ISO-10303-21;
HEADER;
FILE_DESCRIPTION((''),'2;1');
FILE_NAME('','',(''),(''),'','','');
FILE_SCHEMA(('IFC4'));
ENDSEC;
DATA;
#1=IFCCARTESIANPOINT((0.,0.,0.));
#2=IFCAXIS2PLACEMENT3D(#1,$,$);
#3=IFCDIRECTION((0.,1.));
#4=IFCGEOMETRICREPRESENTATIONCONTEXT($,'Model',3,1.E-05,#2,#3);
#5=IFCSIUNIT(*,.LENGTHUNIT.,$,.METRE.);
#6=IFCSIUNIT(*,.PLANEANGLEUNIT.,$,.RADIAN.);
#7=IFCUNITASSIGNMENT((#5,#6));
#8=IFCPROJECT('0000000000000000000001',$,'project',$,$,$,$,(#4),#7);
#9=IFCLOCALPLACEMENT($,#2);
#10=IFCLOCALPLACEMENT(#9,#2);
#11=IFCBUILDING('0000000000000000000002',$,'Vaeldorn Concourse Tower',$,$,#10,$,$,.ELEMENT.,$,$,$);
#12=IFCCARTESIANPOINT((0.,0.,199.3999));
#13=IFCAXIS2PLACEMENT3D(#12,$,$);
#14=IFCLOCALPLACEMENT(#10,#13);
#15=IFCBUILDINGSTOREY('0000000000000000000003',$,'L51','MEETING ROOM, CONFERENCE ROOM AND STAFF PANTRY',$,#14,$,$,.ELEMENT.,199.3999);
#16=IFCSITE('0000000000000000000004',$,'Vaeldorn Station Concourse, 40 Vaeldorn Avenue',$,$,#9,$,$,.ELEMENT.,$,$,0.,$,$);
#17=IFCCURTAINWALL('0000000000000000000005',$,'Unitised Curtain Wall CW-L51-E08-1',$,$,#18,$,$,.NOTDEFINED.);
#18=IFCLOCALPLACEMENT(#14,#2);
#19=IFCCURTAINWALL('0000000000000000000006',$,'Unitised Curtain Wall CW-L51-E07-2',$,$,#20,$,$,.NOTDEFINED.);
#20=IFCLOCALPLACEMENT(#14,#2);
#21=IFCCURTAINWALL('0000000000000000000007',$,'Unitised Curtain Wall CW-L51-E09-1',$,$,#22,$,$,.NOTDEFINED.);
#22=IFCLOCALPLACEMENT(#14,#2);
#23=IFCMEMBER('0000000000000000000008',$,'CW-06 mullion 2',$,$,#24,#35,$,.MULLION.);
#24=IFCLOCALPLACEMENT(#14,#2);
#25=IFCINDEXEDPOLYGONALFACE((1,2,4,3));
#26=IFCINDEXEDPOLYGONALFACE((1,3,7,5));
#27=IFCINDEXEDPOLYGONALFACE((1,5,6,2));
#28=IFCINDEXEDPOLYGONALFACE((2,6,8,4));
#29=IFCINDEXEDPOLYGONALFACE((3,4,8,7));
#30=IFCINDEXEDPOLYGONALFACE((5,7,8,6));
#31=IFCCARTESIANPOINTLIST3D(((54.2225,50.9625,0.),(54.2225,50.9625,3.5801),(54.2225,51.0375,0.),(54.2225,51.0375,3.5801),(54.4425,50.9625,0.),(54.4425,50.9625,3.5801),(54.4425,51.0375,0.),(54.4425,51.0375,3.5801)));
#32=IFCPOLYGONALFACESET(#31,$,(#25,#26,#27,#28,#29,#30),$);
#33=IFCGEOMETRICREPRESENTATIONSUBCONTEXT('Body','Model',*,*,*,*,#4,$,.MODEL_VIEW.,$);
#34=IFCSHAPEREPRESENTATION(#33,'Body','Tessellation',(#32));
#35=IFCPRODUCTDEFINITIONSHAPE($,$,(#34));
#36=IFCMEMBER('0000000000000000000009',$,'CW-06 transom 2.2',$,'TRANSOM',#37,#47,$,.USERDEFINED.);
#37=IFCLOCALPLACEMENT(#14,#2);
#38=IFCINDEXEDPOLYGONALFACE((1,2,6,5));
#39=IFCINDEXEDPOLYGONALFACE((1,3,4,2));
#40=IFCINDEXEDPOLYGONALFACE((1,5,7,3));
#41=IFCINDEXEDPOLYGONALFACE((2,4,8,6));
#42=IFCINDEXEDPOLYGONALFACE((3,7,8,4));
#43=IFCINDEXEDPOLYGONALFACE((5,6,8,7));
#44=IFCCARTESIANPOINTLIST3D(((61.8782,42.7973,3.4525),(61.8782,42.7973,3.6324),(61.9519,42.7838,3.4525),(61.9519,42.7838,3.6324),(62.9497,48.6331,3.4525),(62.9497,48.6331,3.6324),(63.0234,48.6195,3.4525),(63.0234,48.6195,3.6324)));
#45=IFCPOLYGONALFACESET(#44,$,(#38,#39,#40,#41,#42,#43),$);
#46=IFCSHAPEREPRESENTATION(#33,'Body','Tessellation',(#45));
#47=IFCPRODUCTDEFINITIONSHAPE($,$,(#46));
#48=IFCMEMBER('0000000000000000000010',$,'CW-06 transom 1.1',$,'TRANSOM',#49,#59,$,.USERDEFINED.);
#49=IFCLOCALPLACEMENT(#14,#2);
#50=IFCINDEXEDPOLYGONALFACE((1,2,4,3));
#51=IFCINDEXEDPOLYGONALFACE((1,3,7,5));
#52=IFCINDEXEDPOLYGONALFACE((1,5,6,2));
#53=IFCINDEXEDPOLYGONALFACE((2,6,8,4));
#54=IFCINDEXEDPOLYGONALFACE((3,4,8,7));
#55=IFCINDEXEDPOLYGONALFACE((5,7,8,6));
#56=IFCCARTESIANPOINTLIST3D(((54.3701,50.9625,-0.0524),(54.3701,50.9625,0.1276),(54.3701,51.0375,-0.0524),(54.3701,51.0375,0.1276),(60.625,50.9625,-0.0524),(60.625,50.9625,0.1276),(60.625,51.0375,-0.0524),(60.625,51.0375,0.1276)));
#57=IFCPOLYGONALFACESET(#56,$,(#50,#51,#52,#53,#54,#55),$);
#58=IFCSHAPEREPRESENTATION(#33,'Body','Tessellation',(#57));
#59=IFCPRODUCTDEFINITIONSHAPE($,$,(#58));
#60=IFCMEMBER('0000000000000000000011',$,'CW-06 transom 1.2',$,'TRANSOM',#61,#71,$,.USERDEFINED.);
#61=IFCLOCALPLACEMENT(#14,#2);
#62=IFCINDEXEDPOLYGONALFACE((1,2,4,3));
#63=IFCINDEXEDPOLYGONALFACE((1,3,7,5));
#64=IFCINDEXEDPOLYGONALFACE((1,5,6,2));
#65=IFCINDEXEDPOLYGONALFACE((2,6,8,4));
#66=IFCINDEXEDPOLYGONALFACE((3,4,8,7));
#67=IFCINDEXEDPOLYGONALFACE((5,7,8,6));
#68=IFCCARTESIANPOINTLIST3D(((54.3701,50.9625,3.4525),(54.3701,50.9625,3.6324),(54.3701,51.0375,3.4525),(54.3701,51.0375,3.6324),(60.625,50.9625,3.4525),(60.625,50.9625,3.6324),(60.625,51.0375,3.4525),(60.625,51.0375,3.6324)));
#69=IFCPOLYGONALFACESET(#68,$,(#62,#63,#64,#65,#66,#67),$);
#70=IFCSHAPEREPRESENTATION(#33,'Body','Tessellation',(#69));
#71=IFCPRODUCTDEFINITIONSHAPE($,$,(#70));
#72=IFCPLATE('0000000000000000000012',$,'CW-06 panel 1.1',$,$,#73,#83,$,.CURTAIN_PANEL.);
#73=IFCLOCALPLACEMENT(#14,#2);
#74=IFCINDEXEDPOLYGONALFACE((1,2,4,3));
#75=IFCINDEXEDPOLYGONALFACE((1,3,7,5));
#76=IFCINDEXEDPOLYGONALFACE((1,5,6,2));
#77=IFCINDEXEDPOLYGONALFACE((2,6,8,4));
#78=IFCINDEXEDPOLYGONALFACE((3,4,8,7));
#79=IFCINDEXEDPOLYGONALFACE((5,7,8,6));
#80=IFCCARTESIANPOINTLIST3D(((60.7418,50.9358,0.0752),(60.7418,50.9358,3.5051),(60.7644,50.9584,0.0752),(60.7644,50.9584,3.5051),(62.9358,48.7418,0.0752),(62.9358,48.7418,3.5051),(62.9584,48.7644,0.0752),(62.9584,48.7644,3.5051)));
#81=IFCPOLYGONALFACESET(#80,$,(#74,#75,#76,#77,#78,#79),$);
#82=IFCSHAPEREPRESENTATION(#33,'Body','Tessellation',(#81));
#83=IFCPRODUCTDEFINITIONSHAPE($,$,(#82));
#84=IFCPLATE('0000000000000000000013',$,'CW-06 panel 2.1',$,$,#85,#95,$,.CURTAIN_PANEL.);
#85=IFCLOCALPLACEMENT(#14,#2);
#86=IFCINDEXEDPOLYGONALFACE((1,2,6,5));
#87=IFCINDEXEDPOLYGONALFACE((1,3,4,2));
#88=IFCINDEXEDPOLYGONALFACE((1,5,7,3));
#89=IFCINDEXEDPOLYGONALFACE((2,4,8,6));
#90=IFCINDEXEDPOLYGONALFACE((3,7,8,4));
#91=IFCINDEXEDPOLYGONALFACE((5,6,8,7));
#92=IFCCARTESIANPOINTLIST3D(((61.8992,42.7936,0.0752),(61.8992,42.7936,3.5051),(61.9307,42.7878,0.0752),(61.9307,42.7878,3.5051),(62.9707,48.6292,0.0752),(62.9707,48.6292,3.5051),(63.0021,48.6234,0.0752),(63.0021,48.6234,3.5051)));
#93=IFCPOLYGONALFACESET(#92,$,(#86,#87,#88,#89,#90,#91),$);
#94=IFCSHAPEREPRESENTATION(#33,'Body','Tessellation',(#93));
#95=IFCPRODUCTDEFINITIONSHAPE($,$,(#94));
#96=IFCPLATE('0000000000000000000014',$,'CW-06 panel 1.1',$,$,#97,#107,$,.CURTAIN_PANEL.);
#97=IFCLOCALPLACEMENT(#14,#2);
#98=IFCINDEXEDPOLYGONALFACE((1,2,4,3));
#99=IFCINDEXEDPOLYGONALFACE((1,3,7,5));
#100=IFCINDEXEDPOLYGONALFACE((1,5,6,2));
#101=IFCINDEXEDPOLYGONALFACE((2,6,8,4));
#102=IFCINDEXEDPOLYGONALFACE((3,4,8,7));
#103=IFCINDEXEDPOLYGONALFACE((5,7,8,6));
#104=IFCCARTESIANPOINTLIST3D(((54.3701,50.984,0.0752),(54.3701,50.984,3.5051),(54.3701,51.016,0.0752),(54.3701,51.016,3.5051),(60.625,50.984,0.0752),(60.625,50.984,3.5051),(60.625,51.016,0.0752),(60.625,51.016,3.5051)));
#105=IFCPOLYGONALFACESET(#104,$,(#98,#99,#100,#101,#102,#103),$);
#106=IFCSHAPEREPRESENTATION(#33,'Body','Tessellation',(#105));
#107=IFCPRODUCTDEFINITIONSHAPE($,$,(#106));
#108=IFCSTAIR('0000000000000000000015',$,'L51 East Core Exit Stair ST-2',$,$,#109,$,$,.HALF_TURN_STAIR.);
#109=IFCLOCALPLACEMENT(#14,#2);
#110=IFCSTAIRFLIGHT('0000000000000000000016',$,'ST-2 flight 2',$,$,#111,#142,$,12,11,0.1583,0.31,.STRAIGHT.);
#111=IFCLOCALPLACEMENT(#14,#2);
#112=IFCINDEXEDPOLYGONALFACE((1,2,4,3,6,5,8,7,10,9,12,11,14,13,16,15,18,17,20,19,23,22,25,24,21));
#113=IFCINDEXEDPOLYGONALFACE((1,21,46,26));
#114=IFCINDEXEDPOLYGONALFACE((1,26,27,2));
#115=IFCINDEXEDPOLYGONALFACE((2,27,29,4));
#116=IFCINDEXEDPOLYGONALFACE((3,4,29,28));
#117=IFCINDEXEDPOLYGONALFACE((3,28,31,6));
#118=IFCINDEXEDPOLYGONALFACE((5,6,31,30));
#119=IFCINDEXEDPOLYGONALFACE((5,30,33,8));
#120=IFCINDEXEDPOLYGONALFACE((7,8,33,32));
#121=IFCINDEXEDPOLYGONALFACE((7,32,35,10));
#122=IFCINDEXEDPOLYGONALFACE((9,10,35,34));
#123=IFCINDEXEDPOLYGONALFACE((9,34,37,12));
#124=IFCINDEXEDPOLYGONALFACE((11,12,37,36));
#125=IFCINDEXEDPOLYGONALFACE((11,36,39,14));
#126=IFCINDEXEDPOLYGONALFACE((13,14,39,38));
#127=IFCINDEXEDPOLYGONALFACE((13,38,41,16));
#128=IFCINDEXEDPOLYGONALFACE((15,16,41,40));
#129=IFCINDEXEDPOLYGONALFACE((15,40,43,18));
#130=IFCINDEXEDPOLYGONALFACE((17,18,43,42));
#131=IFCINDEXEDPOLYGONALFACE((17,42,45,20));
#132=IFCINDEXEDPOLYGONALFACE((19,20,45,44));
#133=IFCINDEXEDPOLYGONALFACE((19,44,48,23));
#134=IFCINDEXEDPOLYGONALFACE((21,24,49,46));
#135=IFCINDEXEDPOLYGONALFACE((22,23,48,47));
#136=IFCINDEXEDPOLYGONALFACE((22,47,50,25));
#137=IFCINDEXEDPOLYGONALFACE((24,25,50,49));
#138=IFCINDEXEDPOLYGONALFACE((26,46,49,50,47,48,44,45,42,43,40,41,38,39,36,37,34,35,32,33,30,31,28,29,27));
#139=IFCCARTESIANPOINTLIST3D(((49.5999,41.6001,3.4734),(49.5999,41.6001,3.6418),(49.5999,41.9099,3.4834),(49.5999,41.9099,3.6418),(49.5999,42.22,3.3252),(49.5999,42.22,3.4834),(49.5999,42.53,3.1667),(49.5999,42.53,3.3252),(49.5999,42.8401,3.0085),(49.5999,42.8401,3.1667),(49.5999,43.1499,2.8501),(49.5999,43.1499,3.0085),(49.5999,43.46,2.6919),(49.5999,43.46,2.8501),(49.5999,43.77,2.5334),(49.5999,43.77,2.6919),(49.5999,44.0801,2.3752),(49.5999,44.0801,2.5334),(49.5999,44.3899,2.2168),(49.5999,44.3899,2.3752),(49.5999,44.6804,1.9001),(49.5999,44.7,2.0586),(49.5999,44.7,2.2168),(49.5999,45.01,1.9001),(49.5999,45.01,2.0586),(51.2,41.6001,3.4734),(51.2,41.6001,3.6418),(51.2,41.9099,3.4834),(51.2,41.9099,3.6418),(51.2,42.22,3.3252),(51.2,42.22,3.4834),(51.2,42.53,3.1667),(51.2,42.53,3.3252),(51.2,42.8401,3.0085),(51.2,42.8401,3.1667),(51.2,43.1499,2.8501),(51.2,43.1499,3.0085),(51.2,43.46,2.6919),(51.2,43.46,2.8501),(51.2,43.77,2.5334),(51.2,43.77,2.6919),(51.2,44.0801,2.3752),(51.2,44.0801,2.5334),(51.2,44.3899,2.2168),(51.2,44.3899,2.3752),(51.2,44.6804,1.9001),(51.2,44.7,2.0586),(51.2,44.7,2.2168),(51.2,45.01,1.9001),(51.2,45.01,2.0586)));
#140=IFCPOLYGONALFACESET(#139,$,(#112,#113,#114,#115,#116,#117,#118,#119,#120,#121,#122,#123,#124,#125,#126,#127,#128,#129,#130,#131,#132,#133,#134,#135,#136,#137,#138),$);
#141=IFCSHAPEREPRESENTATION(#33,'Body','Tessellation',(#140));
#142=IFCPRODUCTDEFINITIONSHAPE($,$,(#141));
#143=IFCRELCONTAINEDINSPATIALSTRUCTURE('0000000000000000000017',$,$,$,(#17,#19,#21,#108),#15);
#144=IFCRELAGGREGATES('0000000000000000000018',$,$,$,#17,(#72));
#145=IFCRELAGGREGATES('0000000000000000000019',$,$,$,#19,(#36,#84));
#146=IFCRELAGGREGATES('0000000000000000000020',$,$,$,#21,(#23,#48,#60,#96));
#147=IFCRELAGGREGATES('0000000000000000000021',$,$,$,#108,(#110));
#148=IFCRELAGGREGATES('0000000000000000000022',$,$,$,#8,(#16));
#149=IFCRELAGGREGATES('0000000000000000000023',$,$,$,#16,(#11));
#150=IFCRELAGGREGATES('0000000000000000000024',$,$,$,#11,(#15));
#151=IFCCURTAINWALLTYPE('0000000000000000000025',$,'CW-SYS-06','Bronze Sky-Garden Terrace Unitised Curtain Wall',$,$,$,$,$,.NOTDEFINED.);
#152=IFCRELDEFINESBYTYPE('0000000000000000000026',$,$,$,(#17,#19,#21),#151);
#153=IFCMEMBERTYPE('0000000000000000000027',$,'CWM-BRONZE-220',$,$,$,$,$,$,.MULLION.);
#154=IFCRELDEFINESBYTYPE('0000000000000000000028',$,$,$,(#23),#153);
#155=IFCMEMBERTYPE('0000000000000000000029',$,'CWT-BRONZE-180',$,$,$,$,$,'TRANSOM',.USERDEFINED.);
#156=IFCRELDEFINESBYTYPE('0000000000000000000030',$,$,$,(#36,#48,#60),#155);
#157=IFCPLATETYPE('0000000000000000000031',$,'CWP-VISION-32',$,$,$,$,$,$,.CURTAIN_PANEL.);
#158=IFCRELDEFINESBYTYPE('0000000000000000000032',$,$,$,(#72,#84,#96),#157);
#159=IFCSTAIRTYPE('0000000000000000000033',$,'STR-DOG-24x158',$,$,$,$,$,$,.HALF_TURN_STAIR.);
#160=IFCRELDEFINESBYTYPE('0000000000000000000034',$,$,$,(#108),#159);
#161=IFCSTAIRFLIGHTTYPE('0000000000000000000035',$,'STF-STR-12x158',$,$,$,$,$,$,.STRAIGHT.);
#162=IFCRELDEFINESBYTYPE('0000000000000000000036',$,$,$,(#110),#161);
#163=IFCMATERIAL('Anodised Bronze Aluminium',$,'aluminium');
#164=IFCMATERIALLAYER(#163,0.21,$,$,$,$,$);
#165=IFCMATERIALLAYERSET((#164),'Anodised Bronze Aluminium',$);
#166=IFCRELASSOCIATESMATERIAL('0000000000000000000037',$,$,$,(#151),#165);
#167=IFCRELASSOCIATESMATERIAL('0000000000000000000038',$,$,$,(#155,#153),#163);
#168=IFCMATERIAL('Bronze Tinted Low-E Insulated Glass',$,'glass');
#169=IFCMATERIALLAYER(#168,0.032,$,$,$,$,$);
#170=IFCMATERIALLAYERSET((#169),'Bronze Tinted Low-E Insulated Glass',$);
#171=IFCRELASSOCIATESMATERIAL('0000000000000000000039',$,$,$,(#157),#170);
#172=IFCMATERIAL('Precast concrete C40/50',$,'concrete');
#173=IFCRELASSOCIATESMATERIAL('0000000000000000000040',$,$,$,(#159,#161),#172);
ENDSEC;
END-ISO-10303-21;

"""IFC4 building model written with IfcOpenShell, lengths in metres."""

from ifc_helpers import new_model, si_unit, direction, frame, origin, origin_2d, place, context, subcontext, project, spatial, polyline, rectangle, outline, extrude, source, transform, mapped, material, layer, layer_set, material_profile, profile_set, type_object, element, aggregate, save


model = new_model("IFC4")

# Units and contexts
model_context = context("Model", 3, precision=1e-05, world=origin(), true_north=direction((0.0, 1.0)))
body_context = subcontext(model_context, "Body", "Model", "MODEL_VIEW")
ifc_project = project(units=[si_unit("LENGTHUNIT", "METRE"), si_unit("PLANEANGLEUNIT", "RADIAN")], contexts=[model_context])

# Site, building, storey
site_placement = place(None, origin())
site = spatial("IfcSite", under=ifc_project, at=site_placement, Name="Vaeldorn Station Concourse, 40 Vaeldorn Avenue", CompositionType="ELEMENT", RefElevation=0.0)
building_placement = place(site_placement, origin())
building = spatial("IfcBuilding", under=site, at=building_placement, Name="Vaeldorn Concourse Tower", CompositionType="ELEMENT")
storey_placement = place(building_placement, frame((0.0, 0.0, 199.3999)))
storey = spatial("IfcBuildingStorey", under=building, at=storey_placement, Name="L51", Description="MEETING ROOM, CONFERENCE ROOM AND STAFF PANTRY", CompositionType="ELEMENT", Elevation=199.3999)

# Curtain wall
ifc_material_1 = material(Name="Anodised Bronze Aluminium", Category="aluminium")
ifc_layer_1 = layer(ifc_material_1, 0.21)
ifc_layer_set_1 = layer_set([ifc_layer_1], Name="Anodised Bronze Aluminium")
curtain_wall_type = type_object("IfcCurtainWallType", Name="CW-SYS-06", Description="Bronze Sky-Garden Terrace Unitised Curtain Wall", PredefinedType="NOTDEFINED", material=ifc_layer_set_1)
curtain_wall_1_placement = place(storey_placement, origin())
curtain_wall_1 = element("IfcCurtainWall", 1, at=curtain_wall_1_placement, inside=storey, type_object=curtain_wall_type, Name="Unitised Curtain Wall CW-L51-E08-1", PredefinedType="NOTDEFINED")
ifc_material_profile_1 = material_profile(ifc_material_1, rectangle(XDim=0.075, YDim=0.1799, at=origin_2d()), Name="CWT 75x180")
ifc_profile_set_1 = profile_set([ifc_material_profile_1], Name="Anodised Bronze Aluminium")
member_type_1 = type_object("IfcMemberType", Name="CWT-BRONZE-180", ElementType="TRANSOM", PredefinedType="USERDEFINED", material=ifc_profile_set_1)

# Curtain wall
curtain_wall_2_placement = place(storey_placement, origin())
curtain_wall_2 = element("IfcCurtainWall", 2, at=curtain_wall_2_placement, inside=storey, type_object=curtain_wall_type, Name="Unitised Curtain Wall CW-L51-E07-2", PredefinedType="NOTDEFINED")
ifc_material_profile_2 = material_profile(ifc_material_1, rectangle(XDim=0.075, YDim=0.22, at=origin_2d()), Name="CWM 75x220")
ifc_profile_set_2 = profile_set([ifc_material_profile_2], Name="Anodised Bronze Aluminium")
member_type_2 = type_object("IfcMemberType", Name="CWM-BRONZE-220", PredefinedType="MULLION", material=ifc_profile_set_2)
shared_shape_1 = source(origin(), body_context, "Body", "SweptSolid", [
    extrude(rectangle(XDim=0.075, YDim=0.22, at=origin_2d()), origin(), (0.0, 0.0, 1.0), 3.5801),
])

# Curtain wall, member
curtain_wall_3_placement = place(storey_placement, origin())
curtain_wall_3 = element("IfcCurtainWall", 3, at=curtain_wall_3_placement, inside=storey, type_object=curtain_wall_type, Name="Unitised Curtain Wall CW-L51-E09-1", PredefinedType="NOTDEFINED")
member_1_placement = place(storey_placement, frame((54.3325, 51.0, 0.0), z_axis=(0.0, 0.0, 1.0), x_axis=(0.0, -1.0, 0.0)))
member_1 = element("IfcMember", 4, at=member_1_placement, type_object=member_type_2, Name="CW-06 mullion 2", PredefinedType="MULLION", context=body_context, shape_type="MappedRepresentation", body=[
    mapped(shared_shape_1, transform((0.0, 0.0, 0.0), scale=1.0)),
])

# Members
shared_shape_2 = source(origin(), body_context, "Body", "SweptSolid", [
    extrude(rectangle(XDim=0.075, YDim=0.1799, at=origin_2d()), origin(), (0.0, 0.0, 1.0), 5.9333),
])
member_2_placement = place(storey_placement, frame((61.915, 42.7905, 3.5425), z_axis=(0.180598, 0.983557, 0.0), x_axis=(-0.983557, 0.180598, 0.0)))
member_2 = element("IfcMember", 5, at=member_2_placement, type_object=member_type_1, Name="CW-06 transom 2.2", ObjectType="TRANSOM", PredefinedType="USERDEFINED", context=body_context, shape_type="MappedRepresentation", body=[
    mapped(shared_shape_2, transform((0.0, 0.0, 0.0), scale=1.0)),
])
shared_shape_3 = source(origin(), body_context, "Body", "SweptSolid", [
    extrude(rectangle(XDim=0.075, YDim=0.1799, at=origin_2d()), origin(), (0.0, 0.0, 1.0), 6.2549),
])
member_3_placement = place(storey_placement, frame((60.625, 51.0, 0.0376), z_axis=(-1.0, 0.0, 0.0), x_axis=(0.0, -1.0, 0.0)))
member_3 = element("IfcMember", 6, at=member_3_placement, type_object=member_type_1, Name="CW-06 transom 1.1", ObjectType="TRANSOM", PredefinedType="USERDEFINED", context=body_context, shape_type="MappedRepresentation", body=[
    mapped(shared_shape_3, transform((0.0, 0.0, 0.0), scale=1.0)),
])
member_4_placement = place(storey_placement, frame((60.625, 51.0, 3.5425), z_axis=(-1.0, 0.0, 0.0), x_axis=(0.0, -1.0, 0.0)))
member_4 = element("IfcMember", 7, at=member_4_placement, type_object=member_type_1, Name="CW-06 transom 1.2", ObjectType="TRANSOM", PredefinedType="USERDEFINED", context=body_context, shape_type="MappedRepresentation", body=[
    mapped(shared_shape_3, transform((0.0, 0.0, 0.0), scale=1.0)),
])

# Plates
ifc_material_2 = material(Name="Bronze Tinted Low-E Insulated Glass", Category="glass")
ifc_layer_2 = layer(ifc_material_2, 0.032)
ifc_layer_set_2 = layer_set([ifc_layer_2], Name="Bronze Tinted Low-E Insulated Glass")
plate_type = type_object("IfcPlateType", Name="CWP-VISION-32", PredefinedType="CURTAIN_PANEL", material=ifc_layer_set_2)
shared_shape_4 = source(origin(), body_context, "Body", "SweptSolid", [
    extrude(rectangle(XDim=3.1028, YDim=0.032, at=origin_2d()), origin(), (0.0, 0.0, 1.0), 3.4299),
])
plate_1_placement = place(storey_placement, frame((61.8501, 49.8501, 0.0752), z_axis=(0.0, 0.0, 1.0), x_axis=(-0.707107, 0.707107, 0.0)))
plate_1 = element("IfcPlate", 8, at=plate_1_placement, type_object=plate_type, Name="CW-06 panel 1.1", PredefinedType="CURTAIN_PANEL", context=body_context, shape_type="MappedRepresentation", body=[
    mapped(shared_shape_4, transform((0.0, 0.0, 0.0), scale=1.0)),
])
aggregate(curtain_wall_1, [plate_1])
shared_shape_5 = source(origin(), body_context, "Body", "SweptSolid", [
    extrude(rectangle(XDim=5.9331, YDim=0.032, at=origin_2d()), origin(), (0.0, 0.0, 1.0), 3.4299),
])
plate_2_placement = place(storey_placement, frame((62.4507, 45.7085, 0.0752), z_axis=(0.0, 0.0, 1.0), x_axis=(0.180585, 0.983559, 0.0)))
plate_2 = element("IfcPlate", 9, at=plate_2_placement, type_object=plate_type, Name="CW-06 panel 2.1", PredefinedType="CURTAIN_PANEL", context=body_context, shape_type="MappedRepresentation", body=[
    mapped(shared_shape_5, transform((0.0, 0.0, 0.0), scale=1.0)),
])
aggregate(curtain_wall_2, [member_2, plate_2])
shared_shape_6 = source(origin(), body_context, "Body", "SweptSolid", [
    extrude(rectangle(XDim=6.2549, YDim=0.032, at=origin_2d()), origin(), (0.0, 0.0, 1.0), 3.4299),
])
plate_3_placement = place(storey_placement, frame((57.4976, 51.0, 0.0752), z_axis=(0.0, 0.0, 1.0), x_axis=(-1.0, 0.0, 0.0)))
plate_3 = element("IfcPlate", 10, at=plate_3_placement, type_object=plate_type, Name="CW-06 panel 1.1", PredefinedType="CURTAIN_PANEL", context=body_context, shape_type="MappedRepresentation", body=[
    mapped(shared_shape_6, transform((0.0, 0.0, 0.0), scale=1.0)),
])
aggregate(curtain_wall_3, [member_1, member_3, member_4, plate_3])

# Stair, stair flight
ifc_material_3 = material(Name="Precast concrete C40/50", Category="concrete")
stair_type = type_object("IfcStairType", Name="STR-DOG-24x158", PredefinedType="HALF_TURN_STAIR", material=ifc_material_3)
stair_placement = place(storey_placement, origin())
stair = element("IfcStair", 11, at=stair_placement, inside=storey, type_object=stair_type, Name="L51 East Core Exit Stair ST-2", PredefinedType="HALF_TURN_STAIR")
stair_flight_type = type_object("IfcStairFlightType", Name="STF-STR-12x158", PredefinedType="STRAIGHT", material=ifc_material_3)
stair_flight_placement = place(storey_placement, frame((50.3999, 45.01, 1.9001), z_axis=(0.0, 0.0, 1.0), x_axis=(0.0, -1.0, 0.0)))
stair_flight = element("IfcStairFlight", 12, at=stair_flight_placement, type_object=stair_flight_type, Name="ST-2 flight 2", NumberOfRisers=12, NumberOfTreads=11, PredefinedType="STRAIGHT", RiserHeight=0.1583, TreadLength=0.31, context=body_context, shape_type="SweptSolid", body=[
    extrude(outline(polyline([(0.0, 0.0), (0.0, 0.1584), (0.3101, 0.1584), (0.3101, 0.3167), (0.6201, 0.3167), (0.6201, 0.4751), (0.9299, 0.4751), (0.9299, 0.6333), (1.24, 0.6333), (1.24, 0.7917), (1.55, 0.7917), (1.55, 0.95), (1.8601, 0.95), (1.8601, 1.1084), (2.1699, 1.1084), (2.1699, 1.2666), (2.48, 1.2666), (2.48, 1.425), (2.79, 1.425), (2.79, 1.5833), (3.1001, 1.5833), (3.1001, 1.7417), (3.4099, 1.7417), (3.4099, 1.8999), (3.4099, 1.5732), (0.3296, 0.0), (0.0, 0.0)])), frame((0.0, 0.8, 0.0), z_axis=(0.0, -1.0, 0.0), x_axis=(1.0, 0.0, 0.0)), (0.0, 0.0, 1.0), 1.6001),
])
aggregate(stair, [stair_flight])

save(model, "model.ifc")
